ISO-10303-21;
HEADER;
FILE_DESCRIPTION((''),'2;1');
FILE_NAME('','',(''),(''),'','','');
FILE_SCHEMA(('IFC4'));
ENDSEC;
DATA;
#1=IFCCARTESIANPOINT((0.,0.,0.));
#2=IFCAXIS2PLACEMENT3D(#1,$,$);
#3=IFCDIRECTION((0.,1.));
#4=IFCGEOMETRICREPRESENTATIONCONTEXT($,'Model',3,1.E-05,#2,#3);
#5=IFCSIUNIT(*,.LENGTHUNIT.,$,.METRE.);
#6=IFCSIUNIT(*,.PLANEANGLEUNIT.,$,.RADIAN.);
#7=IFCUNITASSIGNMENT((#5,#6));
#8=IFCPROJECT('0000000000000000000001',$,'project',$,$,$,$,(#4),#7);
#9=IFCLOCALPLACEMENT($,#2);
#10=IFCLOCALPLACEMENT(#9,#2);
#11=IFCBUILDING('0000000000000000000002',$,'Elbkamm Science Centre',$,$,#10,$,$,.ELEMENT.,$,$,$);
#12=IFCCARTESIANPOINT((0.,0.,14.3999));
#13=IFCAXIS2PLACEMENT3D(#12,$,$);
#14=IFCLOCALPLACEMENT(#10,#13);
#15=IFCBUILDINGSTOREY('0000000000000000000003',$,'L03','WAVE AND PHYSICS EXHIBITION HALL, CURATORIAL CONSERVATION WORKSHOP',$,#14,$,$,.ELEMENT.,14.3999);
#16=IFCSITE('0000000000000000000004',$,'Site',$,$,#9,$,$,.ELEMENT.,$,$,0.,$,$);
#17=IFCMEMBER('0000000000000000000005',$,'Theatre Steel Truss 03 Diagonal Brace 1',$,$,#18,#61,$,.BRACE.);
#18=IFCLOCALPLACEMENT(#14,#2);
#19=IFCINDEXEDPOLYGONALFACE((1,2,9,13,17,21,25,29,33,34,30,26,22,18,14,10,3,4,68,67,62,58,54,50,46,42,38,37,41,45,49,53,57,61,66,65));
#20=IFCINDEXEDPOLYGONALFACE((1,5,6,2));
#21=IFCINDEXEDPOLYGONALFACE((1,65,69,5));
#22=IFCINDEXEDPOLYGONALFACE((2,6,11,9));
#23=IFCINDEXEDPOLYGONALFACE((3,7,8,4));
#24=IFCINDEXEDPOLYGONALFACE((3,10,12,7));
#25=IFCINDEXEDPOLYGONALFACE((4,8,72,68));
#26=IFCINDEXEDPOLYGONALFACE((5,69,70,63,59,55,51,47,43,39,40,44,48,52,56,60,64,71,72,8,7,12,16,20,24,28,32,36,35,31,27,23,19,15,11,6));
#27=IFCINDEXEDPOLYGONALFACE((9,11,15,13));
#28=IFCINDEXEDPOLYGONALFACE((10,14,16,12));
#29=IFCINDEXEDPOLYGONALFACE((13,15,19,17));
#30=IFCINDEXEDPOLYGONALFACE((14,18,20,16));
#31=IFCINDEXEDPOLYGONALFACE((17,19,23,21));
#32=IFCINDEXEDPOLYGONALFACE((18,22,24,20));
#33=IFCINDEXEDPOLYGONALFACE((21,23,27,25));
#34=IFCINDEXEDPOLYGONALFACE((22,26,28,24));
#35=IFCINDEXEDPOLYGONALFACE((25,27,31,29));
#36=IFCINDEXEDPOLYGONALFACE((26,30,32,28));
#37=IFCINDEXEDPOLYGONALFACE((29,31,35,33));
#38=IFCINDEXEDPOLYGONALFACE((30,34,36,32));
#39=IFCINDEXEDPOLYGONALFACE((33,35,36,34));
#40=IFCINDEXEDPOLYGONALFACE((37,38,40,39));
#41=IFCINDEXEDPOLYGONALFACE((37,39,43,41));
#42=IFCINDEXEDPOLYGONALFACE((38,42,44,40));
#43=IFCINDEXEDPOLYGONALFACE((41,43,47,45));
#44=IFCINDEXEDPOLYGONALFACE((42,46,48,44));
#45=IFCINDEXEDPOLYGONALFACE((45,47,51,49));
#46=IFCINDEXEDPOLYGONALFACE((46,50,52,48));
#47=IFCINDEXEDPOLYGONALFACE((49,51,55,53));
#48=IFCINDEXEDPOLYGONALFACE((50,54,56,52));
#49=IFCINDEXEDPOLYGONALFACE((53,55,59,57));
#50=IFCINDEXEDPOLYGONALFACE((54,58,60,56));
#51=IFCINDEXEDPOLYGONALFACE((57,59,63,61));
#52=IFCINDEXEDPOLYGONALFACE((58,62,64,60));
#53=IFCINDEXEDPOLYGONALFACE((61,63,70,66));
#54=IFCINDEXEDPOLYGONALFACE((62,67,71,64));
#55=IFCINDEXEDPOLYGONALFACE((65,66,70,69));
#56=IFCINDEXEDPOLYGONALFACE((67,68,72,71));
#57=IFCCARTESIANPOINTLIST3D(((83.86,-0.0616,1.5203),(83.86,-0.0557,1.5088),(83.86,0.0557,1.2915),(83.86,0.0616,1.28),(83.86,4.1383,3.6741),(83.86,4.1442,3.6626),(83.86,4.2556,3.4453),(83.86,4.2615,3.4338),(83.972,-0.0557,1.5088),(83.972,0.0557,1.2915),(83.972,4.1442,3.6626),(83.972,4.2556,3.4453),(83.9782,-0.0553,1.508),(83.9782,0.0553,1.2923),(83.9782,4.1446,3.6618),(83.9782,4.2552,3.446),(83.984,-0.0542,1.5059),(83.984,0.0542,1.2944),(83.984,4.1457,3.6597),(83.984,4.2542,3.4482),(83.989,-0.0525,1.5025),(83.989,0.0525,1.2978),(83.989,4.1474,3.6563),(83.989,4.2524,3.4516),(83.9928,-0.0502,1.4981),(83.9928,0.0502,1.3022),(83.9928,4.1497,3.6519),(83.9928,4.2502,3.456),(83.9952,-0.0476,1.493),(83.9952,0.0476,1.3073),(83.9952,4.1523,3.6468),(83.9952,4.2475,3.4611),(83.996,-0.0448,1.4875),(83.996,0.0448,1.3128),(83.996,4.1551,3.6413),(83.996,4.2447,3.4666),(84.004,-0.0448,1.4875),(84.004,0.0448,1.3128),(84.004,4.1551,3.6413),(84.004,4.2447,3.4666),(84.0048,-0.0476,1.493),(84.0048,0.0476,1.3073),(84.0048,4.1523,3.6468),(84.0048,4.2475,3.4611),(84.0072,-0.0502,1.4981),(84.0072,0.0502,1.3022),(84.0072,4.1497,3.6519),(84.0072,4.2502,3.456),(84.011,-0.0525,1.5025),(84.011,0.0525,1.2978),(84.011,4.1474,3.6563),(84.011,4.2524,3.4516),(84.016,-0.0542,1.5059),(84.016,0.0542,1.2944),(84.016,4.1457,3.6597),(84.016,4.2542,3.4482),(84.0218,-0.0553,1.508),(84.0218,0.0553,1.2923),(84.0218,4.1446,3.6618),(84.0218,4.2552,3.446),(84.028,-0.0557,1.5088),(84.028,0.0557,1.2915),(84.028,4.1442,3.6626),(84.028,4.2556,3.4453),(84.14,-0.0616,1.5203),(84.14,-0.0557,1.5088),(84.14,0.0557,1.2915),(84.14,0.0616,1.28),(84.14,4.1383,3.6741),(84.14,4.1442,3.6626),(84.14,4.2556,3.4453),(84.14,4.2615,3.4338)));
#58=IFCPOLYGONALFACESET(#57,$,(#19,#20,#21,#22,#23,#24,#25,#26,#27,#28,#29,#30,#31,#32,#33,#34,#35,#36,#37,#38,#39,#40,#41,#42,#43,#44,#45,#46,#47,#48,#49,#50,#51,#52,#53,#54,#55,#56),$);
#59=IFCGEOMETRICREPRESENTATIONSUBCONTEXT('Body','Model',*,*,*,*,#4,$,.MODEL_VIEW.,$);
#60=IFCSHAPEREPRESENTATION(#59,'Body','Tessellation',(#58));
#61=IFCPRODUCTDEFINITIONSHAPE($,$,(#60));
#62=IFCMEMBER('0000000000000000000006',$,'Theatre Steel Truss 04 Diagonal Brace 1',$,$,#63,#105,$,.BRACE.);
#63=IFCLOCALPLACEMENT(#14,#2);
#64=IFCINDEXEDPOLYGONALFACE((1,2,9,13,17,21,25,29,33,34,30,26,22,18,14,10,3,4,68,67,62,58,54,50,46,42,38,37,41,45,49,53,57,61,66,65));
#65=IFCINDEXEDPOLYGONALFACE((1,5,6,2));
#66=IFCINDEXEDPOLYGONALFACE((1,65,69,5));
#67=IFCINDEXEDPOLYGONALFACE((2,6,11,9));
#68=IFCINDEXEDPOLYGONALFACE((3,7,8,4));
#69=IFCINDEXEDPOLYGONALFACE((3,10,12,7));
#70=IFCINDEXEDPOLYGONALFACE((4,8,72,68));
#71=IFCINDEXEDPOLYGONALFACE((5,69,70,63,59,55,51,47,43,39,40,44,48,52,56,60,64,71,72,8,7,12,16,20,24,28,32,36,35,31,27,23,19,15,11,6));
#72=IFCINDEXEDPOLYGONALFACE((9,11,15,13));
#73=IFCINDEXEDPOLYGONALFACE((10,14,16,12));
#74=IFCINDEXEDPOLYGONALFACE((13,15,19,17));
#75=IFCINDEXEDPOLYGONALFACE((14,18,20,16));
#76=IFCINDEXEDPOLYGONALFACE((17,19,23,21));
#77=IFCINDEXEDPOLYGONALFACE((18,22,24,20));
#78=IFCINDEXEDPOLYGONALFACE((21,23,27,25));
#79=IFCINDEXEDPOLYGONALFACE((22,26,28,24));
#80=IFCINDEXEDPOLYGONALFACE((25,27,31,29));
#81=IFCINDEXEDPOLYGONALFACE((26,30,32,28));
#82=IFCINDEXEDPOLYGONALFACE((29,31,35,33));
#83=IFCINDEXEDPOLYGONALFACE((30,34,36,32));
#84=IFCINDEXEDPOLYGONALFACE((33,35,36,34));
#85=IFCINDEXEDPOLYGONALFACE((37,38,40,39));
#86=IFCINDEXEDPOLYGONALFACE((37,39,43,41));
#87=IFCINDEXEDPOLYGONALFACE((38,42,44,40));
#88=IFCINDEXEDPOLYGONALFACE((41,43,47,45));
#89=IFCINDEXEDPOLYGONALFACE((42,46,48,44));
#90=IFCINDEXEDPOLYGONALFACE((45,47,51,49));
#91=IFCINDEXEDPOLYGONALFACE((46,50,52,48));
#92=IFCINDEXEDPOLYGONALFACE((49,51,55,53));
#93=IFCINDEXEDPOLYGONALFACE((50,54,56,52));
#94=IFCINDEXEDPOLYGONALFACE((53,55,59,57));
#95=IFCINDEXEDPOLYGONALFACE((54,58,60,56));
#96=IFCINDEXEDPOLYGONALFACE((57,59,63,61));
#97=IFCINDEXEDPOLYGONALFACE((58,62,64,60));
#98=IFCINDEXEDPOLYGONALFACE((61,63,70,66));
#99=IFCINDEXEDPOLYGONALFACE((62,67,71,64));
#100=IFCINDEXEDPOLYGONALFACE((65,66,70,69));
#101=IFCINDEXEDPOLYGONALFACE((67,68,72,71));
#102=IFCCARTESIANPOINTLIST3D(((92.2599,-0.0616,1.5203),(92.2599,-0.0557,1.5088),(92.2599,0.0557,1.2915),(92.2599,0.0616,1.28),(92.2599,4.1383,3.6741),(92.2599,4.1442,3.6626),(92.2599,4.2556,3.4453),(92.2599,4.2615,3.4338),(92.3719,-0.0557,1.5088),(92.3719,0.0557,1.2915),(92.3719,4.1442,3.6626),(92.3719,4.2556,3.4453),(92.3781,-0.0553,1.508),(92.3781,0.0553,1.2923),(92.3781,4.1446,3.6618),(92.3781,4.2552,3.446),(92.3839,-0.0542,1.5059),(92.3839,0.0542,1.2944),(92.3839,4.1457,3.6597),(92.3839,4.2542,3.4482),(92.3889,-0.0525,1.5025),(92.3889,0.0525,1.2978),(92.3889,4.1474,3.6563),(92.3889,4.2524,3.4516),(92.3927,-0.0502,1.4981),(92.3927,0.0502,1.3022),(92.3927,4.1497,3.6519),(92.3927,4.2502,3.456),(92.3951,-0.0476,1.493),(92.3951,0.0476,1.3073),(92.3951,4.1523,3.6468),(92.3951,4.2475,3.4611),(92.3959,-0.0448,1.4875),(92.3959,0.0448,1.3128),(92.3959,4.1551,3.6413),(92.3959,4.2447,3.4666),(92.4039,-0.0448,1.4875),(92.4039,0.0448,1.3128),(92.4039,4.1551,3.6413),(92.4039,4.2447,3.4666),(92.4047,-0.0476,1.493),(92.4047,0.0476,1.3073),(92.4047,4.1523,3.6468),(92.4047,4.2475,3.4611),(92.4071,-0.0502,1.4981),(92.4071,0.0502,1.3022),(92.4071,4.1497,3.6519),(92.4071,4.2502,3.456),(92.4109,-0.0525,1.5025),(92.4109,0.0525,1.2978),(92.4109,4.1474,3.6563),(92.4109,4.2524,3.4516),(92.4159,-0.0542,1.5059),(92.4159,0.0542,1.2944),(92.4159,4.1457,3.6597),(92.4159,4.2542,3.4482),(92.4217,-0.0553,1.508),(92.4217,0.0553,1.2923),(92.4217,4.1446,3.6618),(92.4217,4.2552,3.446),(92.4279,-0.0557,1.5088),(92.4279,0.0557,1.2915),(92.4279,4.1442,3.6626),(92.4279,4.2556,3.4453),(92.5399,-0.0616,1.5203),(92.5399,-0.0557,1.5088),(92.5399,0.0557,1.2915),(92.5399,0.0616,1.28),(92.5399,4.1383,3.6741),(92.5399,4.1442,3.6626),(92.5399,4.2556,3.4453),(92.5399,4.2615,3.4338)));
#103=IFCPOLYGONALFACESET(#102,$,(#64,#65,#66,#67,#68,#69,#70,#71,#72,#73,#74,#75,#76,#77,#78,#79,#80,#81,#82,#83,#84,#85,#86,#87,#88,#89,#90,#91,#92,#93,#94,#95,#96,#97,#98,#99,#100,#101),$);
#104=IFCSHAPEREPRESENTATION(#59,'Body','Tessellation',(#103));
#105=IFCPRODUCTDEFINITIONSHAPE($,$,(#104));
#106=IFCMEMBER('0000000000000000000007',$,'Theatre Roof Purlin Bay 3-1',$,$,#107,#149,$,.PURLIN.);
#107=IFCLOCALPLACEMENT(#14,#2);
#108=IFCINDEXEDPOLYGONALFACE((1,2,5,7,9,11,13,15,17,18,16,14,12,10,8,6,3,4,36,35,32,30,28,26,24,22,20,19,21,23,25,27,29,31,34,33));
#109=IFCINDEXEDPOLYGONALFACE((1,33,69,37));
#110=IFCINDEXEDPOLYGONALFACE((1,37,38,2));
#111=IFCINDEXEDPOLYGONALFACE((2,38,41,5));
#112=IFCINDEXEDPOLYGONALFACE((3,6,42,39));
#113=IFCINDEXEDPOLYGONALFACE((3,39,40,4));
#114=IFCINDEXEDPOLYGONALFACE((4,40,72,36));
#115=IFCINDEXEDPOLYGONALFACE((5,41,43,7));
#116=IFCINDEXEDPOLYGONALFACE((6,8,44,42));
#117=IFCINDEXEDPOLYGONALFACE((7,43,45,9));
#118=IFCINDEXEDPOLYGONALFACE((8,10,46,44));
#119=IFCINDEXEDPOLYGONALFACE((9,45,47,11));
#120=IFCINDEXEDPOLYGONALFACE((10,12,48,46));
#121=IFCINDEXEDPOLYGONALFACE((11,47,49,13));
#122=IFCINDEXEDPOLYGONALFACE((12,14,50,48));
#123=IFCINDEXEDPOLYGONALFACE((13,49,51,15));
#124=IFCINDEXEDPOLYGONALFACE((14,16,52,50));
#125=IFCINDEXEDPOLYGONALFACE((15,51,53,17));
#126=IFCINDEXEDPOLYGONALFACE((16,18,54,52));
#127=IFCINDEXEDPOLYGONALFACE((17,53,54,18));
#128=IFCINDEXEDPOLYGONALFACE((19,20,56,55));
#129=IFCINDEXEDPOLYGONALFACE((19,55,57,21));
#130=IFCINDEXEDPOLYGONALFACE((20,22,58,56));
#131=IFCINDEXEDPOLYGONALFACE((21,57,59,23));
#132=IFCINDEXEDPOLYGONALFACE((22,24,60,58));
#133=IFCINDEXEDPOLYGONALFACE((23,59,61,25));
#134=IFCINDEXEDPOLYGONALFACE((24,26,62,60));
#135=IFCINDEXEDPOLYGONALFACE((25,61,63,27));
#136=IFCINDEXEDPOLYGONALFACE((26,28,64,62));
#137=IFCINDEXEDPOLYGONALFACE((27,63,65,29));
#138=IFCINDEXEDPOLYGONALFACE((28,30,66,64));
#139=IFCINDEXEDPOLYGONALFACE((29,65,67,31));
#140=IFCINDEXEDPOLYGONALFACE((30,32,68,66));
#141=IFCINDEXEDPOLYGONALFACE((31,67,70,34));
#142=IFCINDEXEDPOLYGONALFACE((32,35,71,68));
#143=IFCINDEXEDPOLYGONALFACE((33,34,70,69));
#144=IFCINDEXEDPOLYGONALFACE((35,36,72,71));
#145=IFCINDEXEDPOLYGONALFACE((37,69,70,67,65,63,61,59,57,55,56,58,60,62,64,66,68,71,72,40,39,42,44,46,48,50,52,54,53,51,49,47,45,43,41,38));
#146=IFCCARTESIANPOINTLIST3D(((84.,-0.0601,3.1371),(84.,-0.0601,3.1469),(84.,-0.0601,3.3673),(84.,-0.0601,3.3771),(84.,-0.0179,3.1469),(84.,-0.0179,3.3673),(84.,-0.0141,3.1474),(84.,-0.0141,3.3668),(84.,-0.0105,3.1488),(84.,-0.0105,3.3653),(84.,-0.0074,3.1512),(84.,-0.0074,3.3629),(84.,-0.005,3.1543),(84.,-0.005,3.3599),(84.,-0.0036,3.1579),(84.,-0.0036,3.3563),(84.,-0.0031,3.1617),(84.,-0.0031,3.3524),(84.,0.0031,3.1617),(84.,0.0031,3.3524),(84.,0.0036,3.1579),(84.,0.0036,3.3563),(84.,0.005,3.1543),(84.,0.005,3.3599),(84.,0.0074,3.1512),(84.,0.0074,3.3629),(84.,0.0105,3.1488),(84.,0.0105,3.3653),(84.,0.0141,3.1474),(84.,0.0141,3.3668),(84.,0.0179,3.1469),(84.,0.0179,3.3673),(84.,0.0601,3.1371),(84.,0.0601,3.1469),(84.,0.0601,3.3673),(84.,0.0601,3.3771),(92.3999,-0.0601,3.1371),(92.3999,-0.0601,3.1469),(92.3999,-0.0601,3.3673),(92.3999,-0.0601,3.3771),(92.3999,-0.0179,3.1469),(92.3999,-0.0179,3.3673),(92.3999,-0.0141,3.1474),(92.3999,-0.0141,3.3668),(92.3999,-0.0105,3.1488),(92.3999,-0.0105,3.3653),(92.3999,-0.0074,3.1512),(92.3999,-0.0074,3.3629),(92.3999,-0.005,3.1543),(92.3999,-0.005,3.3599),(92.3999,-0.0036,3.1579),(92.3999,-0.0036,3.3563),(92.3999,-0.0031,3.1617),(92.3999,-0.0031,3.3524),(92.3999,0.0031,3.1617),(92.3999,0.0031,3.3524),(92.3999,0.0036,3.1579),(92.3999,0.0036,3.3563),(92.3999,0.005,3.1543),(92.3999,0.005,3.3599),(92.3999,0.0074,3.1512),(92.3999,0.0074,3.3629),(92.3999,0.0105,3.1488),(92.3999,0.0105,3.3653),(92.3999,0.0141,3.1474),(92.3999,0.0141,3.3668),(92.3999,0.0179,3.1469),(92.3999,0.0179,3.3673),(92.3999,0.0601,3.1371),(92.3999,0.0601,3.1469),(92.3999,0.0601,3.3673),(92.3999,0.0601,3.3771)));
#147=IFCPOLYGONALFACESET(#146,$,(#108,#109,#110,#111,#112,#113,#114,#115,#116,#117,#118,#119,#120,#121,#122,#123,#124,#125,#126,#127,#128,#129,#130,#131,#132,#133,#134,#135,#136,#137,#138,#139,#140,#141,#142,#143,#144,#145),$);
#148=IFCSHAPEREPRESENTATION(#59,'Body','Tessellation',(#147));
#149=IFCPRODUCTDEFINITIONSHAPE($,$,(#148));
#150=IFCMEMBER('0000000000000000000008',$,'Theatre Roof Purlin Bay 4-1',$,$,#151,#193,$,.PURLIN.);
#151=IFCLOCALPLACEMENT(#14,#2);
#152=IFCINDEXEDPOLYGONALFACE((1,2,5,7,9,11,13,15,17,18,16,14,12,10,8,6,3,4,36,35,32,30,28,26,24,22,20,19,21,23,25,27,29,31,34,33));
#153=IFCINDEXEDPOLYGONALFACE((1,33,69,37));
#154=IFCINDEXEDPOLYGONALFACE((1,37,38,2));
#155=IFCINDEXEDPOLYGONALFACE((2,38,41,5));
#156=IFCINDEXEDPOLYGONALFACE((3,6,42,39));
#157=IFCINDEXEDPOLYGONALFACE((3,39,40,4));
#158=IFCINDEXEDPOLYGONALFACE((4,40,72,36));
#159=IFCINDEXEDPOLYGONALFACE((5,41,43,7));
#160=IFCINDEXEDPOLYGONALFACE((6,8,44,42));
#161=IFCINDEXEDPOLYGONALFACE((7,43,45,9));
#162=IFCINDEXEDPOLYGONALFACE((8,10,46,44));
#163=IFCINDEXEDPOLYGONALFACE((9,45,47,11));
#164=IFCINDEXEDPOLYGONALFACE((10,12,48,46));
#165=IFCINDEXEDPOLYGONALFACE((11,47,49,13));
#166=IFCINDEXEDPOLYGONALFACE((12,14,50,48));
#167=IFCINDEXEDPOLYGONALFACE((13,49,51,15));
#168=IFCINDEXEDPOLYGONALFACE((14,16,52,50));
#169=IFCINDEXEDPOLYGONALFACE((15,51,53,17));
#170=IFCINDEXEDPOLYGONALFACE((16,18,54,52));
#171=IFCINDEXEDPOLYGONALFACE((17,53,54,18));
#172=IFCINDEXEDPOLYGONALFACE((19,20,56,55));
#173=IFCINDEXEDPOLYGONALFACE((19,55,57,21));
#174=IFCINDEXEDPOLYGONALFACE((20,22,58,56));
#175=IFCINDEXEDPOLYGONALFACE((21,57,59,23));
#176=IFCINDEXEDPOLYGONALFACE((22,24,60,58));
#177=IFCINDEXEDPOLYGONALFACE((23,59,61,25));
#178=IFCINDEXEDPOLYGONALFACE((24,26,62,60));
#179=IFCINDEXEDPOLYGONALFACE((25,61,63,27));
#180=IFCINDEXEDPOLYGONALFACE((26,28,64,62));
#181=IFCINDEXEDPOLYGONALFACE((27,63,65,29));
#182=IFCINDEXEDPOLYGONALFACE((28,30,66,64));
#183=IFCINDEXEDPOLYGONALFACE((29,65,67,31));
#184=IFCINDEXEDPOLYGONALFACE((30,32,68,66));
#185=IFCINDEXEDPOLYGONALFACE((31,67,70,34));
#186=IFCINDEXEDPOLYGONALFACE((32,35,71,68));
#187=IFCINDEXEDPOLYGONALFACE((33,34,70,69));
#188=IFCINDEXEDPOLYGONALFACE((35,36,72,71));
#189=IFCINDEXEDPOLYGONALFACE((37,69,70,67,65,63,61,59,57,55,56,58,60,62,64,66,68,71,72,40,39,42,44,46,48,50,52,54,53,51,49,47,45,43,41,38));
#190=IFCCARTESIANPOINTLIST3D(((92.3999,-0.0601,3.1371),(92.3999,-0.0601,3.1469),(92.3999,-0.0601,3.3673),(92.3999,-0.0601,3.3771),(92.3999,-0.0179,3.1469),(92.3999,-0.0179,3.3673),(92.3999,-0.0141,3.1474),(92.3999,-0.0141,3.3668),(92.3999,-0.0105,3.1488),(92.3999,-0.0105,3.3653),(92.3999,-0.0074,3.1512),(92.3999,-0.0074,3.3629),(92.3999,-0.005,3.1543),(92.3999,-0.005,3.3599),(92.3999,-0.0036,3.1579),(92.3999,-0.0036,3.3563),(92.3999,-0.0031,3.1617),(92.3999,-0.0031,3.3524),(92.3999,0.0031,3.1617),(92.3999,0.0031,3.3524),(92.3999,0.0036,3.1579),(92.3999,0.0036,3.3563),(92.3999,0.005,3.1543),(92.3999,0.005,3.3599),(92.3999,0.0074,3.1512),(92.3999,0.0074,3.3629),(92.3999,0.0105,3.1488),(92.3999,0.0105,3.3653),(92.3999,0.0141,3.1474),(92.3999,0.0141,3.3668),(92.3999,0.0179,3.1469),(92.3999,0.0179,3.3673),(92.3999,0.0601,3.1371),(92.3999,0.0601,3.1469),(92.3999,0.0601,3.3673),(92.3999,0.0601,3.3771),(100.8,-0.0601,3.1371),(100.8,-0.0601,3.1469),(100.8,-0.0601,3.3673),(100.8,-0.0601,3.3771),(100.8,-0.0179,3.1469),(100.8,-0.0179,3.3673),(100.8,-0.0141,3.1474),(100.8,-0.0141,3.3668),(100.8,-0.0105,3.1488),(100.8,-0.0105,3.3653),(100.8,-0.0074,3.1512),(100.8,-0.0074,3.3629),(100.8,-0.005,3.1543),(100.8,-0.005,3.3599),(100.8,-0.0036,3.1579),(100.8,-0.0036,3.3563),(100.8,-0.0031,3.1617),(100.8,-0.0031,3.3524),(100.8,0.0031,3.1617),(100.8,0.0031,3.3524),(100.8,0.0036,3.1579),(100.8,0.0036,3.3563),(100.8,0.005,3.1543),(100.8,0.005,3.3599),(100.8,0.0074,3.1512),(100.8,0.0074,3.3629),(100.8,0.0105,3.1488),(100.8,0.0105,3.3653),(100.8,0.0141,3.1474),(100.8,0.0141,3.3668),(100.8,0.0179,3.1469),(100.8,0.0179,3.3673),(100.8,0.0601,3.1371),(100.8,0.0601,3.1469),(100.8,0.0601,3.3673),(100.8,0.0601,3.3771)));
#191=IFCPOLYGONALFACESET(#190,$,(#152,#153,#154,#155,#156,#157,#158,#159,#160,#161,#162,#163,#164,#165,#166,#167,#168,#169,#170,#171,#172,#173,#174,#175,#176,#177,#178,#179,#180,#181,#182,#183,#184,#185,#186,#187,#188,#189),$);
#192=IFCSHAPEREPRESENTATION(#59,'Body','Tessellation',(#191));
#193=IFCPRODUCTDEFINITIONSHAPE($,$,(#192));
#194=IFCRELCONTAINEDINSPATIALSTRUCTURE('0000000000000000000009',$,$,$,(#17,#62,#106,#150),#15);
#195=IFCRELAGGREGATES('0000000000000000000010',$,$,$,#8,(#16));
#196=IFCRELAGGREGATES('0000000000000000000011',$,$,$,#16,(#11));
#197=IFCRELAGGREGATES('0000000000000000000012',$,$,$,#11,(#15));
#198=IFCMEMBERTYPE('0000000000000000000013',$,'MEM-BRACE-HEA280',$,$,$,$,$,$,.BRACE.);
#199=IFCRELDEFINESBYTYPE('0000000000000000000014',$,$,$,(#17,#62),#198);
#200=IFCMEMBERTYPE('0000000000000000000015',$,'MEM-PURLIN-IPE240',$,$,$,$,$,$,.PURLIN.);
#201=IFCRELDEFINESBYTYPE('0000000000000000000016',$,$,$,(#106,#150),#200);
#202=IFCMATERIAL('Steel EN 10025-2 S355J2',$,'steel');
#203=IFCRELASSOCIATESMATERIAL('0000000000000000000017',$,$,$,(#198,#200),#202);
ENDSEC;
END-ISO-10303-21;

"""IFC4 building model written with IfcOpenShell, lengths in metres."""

from ifc_helpers import new_model, si_unit, direction, frame, origin, origin_2d, place, context, subcontext, project, spatial, i_section, extrude, material, material_profile, profile_set, type_object, element, save


model = new_model("IFC4")

# Units and contexts
model_context = context("Model", 3, precision=1e-05, world=origin(), true_north=direction((0.0, 1.0)))
body_context = subcontext(model_context, "Body", "Model", "MODEL_VIEW")
ifc_project = project(units=[si_unit("LENGTHUNIT", "METRE"), si_unit("PLANEANGLEUNIT", "RADIAN")], contexts=[model_context])

# Site, building, storey
site_placement = place(None, origin())
site = spatial("IfcSite", under=ifc_project, at=site_placement, Name="Site", CompositionType="ELEMENT", RefElevation=0.0)
building_placement = place(site_placement, origin())
building = spatial("IfcBuilding", under=site, at=building_placement, Name="Elbkamm Science Centre", CompositionType="ELEMENT")
storey_placement = place(building_placement, frame((0.0, 0.0, 14.3999)))
storey = spatial("IfcBuildingStorey", under=building, at=storey_placement, Name="L03", Description="WAVE AND PHYSICS EXHIBITION HALL, CURATORIAL CONSERVATION WORKSHOP", CompositionType="ELEMENT", Elevation=14.3999)

# Shared definitions
ifc_material_1 = material(Name="Steel EN 10025-2 S355J2", Category="steel")

# Members
ifc_material_profile_1 = material_profile(ifc_material_1, i_section(OverallWidth=0.28, OverallDepth=0.27, WebThickness=0.0081, FlangeThickness=0.0129, FilletRadius=0.0239, at=origin_2d()), Name="HEA 280")
ifc_profile_set_1 = profile_set([ifc_material_profile_1], Name="Steel EN 10025-2 S355J2")
member_type_1 = type_object("IfcMemberType", Name="MEM-BRACE-HEA280", PredefinedType="BRACE", material=ifc_profile_set_1)
for number, where, z_axis, x_axis, name in (
    (1, (84.0, 0.0, 1.4001), (0.0, 0.889819, 0.456315), (-1.0, 0.0, 0.0), "Theatre Steel Truss 03 Diagonal Brace 1"),
    (2, (92.3999, 0.0, 1.4001), (0.0, 0.889819, 0.456315), (-1.0, 0.0, 0.0), "Theatre Steel Truss 04 Diagonal Brace 1"),
):
    element("IfcMember", number, at=place(storey_placement, frame(where, z_axis=z_axis, x_axis=x_axis)), inside=storey, type_object=member_type_1, Name=name, PredefinedType="BRACE", context=body_context, shape_type="SweptSolid", body=[
        extrude(i_section(OverallWidth=0.28, OverallDepth=0.27, WebThickness=0.0081, FlangeThickness=0.0129, FilletRadius=0.0239, at=origin_2d()), origin(), (0.0, 0.0, 1.0), 4.72),
    ])
ifc_material_profile_2 = material_profile(ifc_material_1, i_section(OverallWidth=0.1201, OverallDepth=0.24, WebThickness=0.0061, FlangeThickness=0.0098, FilletRadius=0.0149, at=origin_2d()), Name="IPE 240")
ifc_profile_set_2 = profile_set([ifc_material_profile_2], Name="Steel EN 10025-2 S355J2")
member_type_2 = type_object("IfcMemberType", Name="MEM-PURLIN-IPE240", PredefinedType="PURLIN", material=ifc_profile_set_2)
member_1_placement = place(storey_placement, frame((84.0, 0.0, 3.2571), z_axis=(1.0, 0.0, 0.0), x_axis=(0.0, 1.0, 0.0)))
element("IfcMember", 3, at=member_1_placement, inside=storey, type_object=member_type_2, Name="Theatre Roof Purlin Bay 3-1", PredefinedType="PURLIN", context=body_context, shape_type="SweptSolid", body=[
    extrude(i_section(OverallWidth=0.1201, OverallDepth=0.24, WebThickness=0.0061, FlangeThickness=0.0098, FilletRadius=0.0149, at=origin_2d()), origin(), (0.0, 0.0, 1.0), 8.3999),
])
member_2_placement = place(storey_placement, frame((92.3999, 0.0, 3.2571), z_axis=(1.0, 0.0, 0.0), x_axis=(0.0, 1.0, 0.0)))
element("IfcMember", 4, at=member_2_placement, inside=storey, type_object=member_type_2, Name="Theatre Roof Purlin Bay 4-1", PredefinedType="PURLIN", context=body_context, shape_type="SweptSolid", body=[
    extrude(i_section(OverallWidth=0.1201, OverallDepth=0.24, WebThickness=0.0061, FlangeThickness=0.0098, FilletRadius=0.0149, at=origin_2d()), origin(), (0.0, 0.0, 1.0), 8.4001),
])

save(model, "model.ifc")
